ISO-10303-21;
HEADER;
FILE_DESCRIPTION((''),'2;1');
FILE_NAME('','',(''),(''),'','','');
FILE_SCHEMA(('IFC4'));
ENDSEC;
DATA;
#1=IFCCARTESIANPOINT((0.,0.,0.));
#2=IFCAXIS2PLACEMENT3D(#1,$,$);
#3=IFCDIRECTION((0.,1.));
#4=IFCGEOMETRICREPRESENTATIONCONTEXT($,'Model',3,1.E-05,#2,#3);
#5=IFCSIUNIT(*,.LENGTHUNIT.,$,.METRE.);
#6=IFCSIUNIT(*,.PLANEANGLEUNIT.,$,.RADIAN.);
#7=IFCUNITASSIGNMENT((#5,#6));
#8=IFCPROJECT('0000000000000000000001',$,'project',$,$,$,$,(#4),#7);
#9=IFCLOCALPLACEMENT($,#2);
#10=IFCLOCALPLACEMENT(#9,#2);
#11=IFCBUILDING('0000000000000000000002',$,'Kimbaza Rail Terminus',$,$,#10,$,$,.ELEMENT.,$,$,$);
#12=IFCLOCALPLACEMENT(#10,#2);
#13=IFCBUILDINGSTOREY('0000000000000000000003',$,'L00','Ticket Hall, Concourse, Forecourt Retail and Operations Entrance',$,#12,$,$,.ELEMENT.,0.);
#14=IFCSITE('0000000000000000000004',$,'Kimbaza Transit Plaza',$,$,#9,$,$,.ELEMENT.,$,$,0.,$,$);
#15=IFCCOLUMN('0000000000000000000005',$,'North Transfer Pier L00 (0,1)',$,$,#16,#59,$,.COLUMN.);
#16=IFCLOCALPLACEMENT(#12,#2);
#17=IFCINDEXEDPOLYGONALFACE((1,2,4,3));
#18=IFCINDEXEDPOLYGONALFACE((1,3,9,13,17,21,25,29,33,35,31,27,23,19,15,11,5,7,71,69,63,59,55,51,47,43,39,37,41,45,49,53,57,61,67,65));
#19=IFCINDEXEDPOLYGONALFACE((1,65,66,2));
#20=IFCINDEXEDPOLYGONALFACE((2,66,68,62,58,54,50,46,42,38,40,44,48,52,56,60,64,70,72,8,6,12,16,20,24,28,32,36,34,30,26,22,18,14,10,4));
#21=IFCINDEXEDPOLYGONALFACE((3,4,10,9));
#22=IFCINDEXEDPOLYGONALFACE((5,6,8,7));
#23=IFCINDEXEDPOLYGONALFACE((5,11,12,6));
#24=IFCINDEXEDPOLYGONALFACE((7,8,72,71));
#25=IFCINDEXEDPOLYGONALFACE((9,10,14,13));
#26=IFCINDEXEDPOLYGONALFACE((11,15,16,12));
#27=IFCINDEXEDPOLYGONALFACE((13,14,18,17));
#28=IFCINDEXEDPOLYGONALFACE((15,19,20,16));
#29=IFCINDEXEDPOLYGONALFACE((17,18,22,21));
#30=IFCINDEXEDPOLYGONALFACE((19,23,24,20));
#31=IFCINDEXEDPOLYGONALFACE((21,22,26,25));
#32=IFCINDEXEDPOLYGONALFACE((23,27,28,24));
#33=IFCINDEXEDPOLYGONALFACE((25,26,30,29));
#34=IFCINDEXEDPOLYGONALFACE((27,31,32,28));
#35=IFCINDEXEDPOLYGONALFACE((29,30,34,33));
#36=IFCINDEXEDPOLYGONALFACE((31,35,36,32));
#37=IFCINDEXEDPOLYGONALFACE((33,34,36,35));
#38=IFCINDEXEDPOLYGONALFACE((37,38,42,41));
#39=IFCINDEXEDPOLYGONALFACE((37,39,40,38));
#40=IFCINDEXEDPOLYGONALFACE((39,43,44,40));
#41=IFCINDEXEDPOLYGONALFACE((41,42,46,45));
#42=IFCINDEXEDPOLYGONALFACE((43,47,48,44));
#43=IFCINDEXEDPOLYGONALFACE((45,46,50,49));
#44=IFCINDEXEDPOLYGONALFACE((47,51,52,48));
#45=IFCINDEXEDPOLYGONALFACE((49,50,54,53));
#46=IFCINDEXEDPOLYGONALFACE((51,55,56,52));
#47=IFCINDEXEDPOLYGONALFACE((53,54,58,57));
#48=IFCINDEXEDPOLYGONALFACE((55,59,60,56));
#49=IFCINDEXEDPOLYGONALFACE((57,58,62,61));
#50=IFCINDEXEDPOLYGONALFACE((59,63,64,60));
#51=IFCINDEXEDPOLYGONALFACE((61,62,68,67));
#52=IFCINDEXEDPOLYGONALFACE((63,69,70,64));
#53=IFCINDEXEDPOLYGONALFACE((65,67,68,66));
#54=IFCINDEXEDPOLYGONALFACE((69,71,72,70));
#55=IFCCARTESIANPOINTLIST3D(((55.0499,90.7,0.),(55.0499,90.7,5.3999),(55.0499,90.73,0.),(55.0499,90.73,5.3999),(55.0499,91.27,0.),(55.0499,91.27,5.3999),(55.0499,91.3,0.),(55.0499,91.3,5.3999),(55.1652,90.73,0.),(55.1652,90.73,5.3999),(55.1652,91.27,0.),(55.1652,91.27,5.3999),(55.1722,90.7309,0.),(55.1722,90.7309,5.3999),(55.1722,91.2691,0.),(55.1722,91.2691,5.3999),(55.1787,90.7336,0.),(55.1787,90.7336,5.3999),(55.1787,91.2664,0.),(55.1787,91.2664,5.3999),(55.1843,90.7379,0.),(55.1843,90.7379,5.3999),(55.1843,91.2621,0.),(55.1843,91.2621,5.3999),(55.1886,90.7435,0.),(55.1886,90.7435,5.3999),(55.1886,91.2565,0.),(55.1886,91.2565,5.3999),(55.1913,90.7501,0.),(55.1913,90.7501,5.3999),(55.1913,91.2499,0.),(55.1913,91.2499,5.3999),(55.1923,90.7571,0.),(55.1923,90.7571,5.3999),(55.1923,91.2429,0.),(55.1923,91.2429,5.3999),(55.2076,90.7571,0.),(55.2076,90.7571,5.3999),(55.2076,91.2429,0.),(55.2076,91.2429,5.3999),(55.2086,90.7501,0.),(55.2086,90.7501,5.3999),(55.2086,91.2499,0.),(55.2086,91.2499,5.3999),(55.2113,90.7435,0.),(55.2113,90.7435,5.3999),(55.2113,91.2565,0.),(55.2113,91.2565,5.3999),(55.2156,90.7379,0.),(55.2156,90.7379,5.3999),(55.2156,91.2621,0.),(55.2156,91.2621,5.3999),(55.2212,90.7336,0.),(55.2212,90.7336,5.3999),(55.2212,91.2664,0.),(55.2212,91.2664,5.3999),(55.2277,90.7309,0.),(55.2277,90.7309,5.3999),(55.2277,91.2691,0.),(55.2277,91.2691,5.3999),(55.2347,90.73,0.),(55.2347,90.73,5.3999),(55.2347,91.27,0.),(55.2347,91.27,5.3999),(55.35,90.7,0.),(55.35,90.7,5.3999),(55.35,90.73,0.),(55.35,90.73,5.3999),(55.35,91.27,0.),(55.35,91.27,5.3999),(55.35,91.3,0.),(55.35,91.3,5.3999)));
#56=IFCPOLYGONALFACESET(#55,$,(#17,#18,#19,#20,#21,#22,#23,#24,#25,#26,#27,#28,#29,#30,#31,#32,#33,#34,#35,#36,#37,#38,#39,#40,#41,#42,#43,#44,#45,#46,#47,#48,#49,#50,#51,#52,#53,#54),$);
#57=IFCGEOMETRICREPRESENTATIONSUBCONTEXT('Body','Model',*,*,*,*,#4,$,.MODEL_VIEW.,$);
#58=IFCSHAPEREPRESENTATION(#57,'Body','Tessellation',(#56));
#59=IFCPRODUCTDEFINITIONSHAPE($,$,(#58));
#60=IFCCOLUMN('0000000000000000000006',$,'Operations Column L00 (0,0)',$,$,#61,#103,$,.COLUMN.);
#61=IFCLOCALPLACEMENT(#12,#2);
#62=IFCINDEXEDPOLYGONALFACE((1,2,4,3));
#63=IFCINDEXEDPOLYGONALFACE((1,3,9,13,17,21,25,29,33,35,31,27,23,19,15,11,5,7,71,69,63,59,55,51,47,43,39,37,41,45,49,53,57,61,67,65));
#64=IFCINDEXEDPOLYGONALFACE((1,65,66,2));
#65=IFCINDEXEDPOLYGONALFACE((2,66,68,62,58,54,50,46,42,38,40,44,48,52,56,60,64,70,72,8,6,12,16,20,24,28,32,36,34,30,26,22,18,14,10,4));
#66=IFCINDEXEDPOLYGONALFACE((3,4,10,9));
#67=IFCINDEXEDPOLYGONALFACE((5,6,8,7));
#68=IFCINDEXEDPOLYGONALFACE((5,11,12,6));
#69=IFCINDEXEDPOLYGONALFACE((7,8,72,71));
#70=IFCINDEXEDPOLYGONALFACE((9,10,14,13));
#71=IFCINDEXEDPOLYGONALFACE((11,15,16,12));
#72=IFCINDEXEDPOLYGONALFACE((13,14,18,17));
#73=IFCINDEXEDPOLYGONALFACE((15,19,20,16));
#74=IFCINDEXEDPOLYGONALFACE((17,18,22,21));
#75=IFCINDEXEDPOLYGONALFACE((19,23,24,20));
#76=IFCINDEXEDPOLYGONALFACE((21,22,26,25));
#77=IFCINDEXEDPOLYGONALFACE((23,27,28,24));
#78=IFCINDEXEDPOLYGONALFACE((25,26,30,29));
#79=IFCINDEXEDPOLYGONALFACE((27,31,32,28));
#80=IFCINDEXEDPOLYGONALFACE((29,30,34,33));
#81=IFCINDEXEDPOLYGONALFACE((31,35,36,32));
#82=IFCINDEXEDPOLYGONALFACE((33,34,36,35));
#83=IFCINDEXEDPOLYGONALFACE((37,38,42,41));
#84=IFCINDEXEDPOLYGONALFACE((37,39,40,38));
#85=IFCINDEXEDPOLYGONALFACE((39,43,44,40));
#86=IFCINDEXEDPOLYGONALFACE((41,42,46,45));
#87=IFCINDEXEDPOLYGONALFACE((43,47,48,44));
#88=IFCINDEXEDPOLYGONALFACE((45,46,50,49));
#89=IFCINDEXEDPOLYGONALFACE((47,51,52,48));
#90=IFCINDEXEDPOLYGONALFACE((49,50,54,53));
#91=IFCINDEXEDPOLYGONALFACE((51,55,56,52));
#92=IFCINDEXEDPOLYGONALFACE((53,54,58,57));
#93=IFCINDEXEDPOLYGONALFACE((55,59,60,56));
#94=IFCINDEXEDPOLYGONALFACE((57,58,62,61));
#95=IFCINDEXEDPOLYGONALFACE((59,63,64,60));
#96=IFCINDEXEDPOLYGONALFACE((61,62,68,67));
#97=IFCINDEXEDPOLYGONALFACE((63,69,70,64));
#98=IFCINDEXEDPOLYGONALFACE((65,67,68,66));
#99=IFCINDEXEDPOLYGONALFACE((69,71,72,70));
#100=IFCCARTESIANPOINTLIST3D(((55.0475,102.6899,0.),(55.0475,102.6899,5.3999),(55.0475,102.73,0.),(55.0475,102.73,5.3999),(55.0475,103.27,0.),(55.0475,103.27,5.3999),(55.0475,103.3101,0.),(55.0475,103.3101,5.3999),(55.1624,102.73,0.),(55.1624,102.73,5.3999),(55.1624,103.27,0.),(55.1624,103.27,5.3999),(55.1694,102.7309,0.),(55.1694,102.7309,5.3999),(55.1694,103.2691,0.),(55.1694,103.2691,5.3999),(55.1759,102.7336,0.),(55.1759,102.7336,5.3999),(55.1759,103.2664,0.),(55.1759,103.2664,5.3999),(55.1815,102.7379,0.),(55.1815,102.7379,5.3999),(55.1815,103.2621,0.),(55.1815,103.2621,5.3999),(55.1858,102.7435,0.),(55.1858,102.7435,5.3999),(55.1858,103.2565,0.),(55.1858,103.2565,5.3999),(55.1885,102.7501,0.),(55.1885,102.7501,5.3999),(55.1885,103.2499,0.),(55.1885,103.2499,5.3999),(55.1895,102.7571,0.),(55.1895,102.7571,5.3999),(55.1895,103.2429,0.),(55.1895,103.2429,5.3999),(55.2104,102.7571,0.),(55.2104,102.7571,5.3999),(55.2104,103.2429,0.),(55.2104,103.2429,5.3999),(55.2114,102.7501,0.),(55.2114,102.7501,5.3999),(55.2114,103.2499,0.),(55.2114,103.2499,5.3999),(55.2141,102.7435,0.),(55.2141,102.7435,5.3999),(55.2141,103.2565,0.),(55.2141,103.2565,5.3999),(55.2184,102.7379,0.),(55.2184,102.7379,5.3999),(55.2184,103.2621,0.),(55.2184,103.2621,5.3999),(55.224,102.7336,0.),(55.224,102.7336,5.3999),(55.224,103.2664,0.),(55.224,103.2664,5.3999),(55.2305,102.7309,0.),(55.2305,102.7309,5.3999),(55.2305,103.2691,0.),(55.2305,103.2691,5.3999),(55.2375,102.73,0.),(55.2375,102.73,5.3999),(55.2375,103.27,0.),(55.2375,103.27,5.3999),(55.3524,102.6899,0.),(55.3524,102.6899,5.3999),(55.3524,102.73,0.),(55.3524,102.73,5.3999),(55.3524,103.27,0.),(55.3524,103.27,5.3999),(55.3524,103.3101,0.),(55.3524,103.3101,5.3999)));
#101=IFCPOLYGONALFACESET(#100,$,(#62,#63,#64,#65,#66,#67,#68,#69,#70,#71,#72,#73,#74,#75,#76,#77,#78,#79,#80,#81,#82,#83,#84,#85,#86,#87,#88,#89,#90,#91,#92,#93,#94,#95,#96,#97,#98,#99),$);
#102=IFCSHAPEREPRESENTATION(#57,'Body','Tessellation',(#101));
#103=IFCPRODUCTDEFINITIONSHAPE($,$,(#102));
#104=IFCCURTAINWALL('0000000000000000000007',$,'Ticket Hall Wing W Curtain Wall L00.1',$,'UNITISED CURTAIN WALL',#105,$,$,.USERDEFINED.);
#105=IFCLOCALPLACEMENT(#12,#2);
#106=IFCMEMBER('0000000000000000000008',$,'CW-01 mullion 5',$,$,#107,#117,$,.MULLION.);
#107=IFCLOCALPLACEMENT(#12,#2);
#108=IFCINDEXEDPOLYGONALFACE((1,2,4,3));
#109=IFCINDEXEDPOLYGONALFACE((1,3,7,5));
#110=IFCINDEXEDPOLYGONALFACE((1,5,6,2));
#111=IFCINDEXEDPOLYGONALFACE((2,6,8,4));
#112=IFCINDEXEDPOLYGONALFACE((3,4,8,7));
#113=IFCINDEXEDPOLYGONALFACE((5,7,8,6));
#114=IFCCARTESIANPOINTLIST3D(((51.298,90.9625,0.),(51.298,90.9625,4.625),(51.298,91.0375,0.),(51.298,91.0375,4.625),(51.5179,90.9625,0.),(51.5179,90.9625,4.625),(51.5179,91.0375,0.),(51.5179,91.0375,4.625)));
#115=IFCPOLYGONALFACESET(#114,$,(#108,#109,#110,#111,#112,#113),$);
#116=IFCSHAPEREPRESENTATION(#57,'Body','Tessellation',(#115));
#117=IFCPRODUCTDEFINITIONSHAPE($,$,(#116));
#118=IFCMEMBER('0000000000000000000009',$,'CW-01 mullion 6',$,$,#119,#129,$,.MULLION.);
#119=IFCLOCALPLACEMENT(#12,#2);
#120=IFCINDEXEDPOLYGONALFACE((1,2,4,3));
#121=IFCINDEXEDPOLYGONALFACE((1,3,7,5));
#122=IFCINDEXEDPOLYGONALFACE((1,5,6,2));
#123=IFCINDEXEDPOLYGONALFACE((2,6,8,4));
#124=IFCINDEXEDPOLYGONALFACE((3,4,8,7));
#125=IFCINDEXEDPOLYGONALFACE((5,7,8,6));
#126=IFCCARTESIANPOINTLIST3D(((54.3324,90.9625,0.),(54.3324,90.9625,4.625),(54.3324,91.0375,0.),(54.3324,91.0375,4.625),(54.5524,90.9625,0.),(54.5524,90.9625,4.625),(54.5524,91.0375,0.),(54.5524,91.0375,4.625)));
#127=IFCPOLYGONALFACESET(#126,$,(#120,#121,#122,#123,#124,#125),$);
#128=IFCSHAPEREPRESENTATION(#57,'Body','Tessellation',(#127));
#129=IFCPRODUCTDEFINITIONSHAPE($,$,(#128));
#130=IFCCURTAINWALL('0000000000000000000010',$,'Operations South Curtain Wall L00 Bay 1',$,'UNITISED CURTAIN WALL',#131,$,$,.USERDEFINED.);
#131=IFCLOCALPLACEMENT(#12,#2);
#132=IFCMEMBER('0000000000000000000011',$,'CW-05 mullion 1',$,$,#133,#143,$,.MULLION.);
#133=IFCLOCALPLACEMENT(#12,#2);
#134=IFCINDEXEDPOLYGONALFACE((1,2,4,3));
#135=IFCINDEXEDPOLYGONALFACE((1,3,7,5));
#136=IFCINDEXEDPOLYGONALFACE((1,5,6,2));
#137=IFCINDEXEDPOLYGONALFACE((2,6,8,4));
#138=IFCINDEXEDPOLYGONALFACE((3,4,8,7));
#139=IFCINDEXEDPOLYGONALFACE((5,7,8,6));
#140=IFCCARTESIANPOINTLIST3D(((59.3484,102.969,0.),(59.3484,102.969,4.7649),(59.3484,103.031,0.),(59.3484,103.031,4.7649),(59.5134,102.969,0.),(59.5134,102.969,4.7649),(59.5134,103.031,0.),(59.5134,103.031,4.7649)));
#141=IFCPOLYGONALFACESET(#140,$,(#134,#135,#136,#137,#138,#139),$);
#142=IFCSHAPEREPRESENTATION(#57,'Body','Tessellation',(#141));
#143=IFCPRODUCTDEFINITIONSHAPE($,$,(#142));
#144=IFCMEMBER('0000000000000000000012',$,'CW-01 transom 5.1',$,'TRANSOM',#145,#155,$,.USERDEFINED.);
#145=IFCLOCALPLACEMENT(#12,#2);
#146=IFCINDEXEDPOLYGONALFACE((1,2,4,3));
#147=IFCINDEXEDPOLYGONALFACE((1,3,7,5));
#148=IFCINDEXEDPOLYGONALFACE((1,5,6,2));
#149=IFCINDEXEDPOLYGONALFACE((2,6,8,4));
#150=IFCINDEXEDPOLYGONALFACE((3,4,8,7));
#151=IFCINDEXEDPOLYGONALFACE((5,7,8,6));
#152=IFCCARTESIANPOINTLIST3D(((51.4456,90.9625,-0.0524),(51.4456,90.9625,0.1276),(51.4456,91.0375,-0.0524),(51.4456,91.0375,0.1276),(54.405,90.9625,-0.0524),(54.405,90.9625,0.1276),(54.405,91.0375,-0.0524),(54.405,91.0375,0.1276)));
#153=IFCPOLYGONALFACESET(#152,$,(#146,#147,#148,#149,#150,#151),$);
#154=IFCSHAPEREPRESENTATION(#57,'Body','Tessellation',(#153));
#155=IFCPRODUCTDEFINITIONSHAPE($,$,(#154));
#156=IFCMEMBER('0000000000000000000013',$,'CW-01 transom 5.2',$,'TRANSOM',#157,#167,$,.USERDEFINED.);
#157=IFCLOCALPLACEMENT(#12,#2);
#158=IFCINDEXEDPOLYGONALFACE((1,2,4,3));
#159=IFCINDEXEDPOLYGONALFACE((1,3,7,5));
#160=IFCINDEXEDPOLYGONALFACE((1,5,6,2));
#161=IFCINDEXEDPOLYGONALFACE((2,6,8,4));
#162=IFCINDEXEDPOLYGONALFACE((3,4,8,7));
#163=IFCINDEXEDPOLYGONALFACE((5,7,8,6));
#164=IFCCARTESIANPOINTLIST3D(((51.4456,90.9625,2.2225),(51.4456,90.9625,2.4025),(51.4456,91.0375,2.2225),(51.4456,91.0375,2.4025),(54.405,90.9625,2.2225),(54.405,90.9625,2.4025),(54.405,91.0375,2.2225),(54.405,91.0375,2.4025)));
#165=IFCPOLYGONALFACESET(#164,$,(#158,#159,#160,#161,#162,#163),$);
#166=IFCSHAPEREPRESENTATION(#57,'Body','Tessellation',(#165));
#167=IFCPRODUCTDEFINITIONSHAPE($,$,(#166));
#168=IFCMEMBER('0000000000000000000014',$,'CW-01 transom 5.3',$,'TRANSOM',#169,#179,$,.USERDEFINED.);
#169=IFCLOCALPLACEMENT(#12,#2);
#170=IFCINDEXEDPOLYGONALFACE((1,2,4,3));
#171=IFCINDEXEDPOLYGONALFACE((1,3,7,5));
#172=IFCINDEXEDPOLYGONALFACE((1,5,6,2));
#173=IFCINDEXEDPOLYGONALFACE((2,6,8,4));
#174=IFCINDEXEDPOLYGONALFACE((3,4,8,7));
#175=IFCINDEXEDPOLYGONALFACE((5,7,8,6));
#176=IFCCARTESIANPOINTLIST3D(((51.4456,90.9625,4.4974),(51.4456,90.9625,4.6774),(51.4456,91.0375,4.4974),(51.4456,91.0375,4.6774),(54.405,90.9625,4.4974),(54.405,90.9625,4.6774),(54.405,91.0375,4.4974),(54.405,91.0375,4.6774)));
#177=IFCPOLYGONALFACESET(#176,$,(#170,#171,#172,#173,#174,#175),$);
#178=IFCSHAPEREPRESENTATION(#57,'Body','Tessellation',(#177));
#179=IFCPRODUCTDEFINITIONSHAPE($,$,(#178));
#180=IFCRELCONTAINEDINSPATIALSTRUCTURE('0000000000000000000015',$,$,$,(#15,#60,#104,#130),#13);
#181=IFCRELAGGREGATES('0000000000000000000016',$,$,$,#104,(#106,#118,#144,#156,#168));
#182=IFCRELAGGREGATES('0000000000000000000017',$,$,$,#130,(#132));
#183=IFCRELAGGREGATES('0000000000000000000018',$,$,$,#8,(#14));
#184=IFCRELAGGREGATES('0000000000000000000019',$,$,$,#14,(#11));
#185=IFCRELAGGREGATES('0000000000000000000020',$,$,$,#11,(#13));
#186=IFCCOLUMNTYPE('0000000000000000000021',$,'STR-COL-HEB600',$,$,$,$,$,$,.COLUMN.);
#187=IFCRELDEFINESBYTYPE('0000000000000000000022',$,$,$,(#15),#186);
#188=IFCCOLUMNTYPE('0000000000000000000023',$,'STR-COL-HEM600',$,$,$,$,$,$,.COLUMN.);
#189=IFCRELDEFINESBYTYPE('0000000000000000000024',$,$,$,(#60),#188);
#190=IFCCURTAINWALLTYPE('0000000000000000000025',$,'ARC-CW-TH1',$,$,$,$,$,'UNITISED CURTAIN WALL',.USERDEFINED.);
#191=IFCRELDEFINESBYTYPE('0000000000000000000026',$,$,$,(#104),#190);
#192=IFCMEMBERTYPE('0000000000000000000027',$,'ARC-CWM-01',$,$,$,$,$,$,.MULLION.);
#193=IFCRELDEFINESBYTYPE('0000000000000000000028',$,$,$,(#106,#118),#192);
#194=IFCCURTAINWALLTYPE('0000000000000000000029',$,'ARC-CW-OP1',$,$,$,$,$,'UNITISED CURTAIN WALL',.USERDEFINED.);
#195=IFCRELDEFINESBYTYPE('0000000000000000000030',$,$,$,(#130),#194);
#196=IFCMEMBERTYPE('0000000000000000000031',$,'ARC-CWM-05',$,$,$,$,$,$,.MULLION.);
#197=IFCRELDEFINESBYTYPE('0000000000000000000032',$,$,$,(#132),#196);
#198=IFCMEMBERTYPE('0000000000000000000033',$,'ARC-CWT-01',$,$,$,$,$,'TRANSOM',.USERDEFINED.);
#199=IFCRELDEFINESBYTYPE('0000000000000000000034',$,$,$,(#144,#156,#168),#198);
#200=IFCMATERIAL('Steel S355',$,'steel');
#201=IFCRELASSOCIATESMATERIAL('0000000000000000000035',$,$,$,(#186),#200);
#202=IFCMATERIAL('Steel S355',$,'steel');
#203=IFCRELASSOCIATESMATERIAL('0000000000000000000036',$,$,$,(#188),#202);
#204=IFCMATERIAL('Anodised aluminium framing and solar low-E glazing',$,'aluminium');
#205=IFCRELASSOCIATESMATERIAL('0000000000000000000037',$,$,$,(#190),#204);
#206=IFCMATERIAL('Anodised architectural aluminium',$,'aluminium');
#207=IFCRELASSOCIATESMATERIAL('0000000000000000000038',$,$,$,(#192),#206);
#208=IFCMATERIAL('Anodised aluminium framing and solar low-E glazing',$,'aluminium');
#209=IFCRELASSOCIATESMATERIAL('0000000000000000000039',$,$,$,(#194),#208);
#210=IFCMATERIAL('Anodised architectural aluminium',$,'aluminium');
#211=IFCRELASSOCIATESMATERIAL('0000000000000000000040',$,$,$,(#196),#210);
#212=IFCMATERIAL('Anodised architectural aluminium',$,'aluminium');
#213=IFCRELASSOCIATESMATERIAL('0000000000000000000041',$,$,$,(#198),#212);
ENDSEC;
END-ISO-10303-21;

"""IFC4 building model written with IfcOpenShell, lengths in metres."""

from ifc_helpers import new_model, si_unit, direction, frame, origin, origin_2d, place, context, subcontext, project, spatial, rectangle, i_section, extrude, material, material_profile, profile_set, type_object, element, aggregate, save


model = new_model("IFC4")

# Units and contexts
model_context = context("Model", 3, precision=1e-05, world=origin(), true_north=direction((0.0, 1.0)))
body_context = subcontext(model_context, "Body", "Model", "MODEL_VIEW")
ifc_project = project(units=[si_unit("LENGTHUNIT", "METRE"), si_unit("PLANEANGLEUNIT", "RADIAN")], contexts=[model_context])

# Site, building, storey
site_placement = place(None, origin())
site = spatial("IfcSite", under=ifc_project, at=site_placement, Name="Kimbaza Transit Plaza", CompositionType="ELEMENT", RefElevation=0.0)
building_placement = place(site_placement, origin())
building = spatial("IfcBuilding", under=site, at=building_placement, Name="Kimbaza Rail Terminus", CompositionType="ELEMENT")
storey_placement = place(building_placement, origin())
storey = spatial("IfcBuildingStorey", under=building, at=storey_placement, Name="L00", Description="Ticket Hall, Concourse, Forecourt Retail and Operations Entrance", CompositionType="ELEMENT", Elevation=0.0)

# Columns
ifc_material_1 = material(Name="Steel S355", Category="steel")
ifc_material_profile_1 = material_profile(ifc_material_1, i_section(OverallWidth=0.3, OverallDepth=0.6001, WebThickness=0.0154, FlangeThickness=0.03, FilletRadius=0.0271, at=origin_2d()), Name="HEB 600")
ifc_profile_set_1 = profile_set([ifc_material_profile_1], Name="Steel S355")
column_type_1 = type_object("IfcColumnType", Name="STR-COL-HEB600", PredefinedType="COLUMN", material=ifc_profile_set_1)
column_1_placement = place(storey_placement, frame((55.2, 91.0, 0.0), z_axis=(0.0, 0.0, 1.0), x_axis=(1.0, 0.0, 0.0)))
element("IfcColumn", 1, at=column_1_placement, inside=storey, type_object=column_type_1, Name="North Transfer Pier L00 (0,1)", PredefinedType="COLUMN", context=body_context, shape_type="SweptSolid", body=[
    extrude(i_section(OverallWidth=0.3, OverallDepth=0.6001, WebThickness=0.0154, FlangeThickness=0.03, FilletRadius=0.0271, at=origin_2d()), origin(), (0.0, 0.0, 1.0), 5.3999),
])
ifc_material_2 = material(Name="Steel S355", Category="steel")
ifc_material_profile_2 = material_profile(ifc_material_2, i_section(OverallWidth=0.3049, OverallDepth=0.6201, WebThickness=0.021, FlangeThickness=0.04, FilletRadius=0.0271, at=origin_2d()), Name="HEM 600")
ifc_profile_set_2 = profile_set([ifc_material_profile_2], Name="Steel S355")
column_type_2 = type_object("IfcColumnType", Name="STR-COL-HEM600", PredefinedType="COLUMN", material=ifc_profile_set_2)
column_2_placement = place(storey_placement, frame((55.2, 103.0, 0.0), z_axis=(0.0, 0.0, 1.0), x_axis=(1.0, 0.0, 0.0)))
element("IfcColumn", 2, at=column_2_placement, inside=storey, type_object=column_type_2, Name="Operations Column L00 (0,0)", PredefinedType="COLUMN", context=body_context, shape_type="SweptSolid", body=[
    extrude(i_section(OverallWidth=0.3049, OverallDepth=0.6201, WebThickness=0.021, FlangeThickness=0.04, FilletRadius=0.0271, at=origin_2d()), origin(), (0.0, 0.0, 1.0), 5.3999),
])

# Curtain wall, members
ifc_material_3 = material(Name="Anodised aluminium framing and solar low-E glazing", Category="aluminium")
curtain_wall_type_1 = type_object("IfcCurtainWallType", Name="ARC-CW-TH1", ElementType="UNITISED CURTAIN WALL", PredefinedType="USERDEFINED", material=ifc_material_3)
curtain_wall_1_placement = place(storey_placement, origin())
curtain_wall_1 = element("IfcCurtainWall", 3, at=curtain_wall_1_placement, inside=storey, type_object=curtain_wall_type_1, Name="Ticket Hall Wing W Curtain Wall L00.1", ObjectType="UNITISED CURTAIN WALL", PredefinedType="USERDEFINED")
ifc_material_4 = material(Name="Anodised architectural aluminium", Category="aluminium")
ifc_material_profile_3 = material_profile(ifc_material_4, rectangle(XDim=0.075, YDim=0.22, at=origin_2d()), Name="MULLION 75x220")
ifc_profile_set_3 = profile_set([ifc_material_profile_3], Name="Anodised architectural aluminium")
member_type_1 = type_object("IfcMemberType", Name="ARC-CWM-01", PredefinedType="MULLION", material=ifc_profile_set_3)
member_1_placement = place(storey_placement, frame((51.408, 91.0, 0.0), z_axis=(0.0, 0.0, 1.0), x_axis=(0.0, 1.0, 0.0)))
member_1 = element("IfcMember", 4, at=member_1_placement, type_object=member_type_1, Name="CW-01 mullion 5", PredefinedType="MULLION", context=body_context, shape_type="SweptSolid", body=[
    extrude(rectangle(XDim=0.075, YDim=0.22, at=origin_2d()), origin(), (0.0, 0.0, 1.0), 4.625),
])
member_2_placement = place(storey_placement, frame((54.4424, 91.0, 0.0), z_axis=(0.0, 0.0, 1.0), x_axis=(0.0, 1.0, 0.0)))
member_2 = element("IfcMember", 5, at=member_2_placement, type_object=member_type_1, Name="CW-01 mullion 6", PredefinedType="MULLION", context=body_context, shape_type="SweptSolid", body=[
    extrude(rectangle(XDim=0.075, YDim=0.22, at=origin_2d()), origin(), (0.0, 0.0, 1.0), 4.625),
])

# Curtain wall, member
ifc_material_5 = material(Name="Anodised aluminium framing and solar low-E glazing", Category="aluminium")
curtain_wall_type_2 = type_object("IfcCurtainWallType", Name="ARC-CW-OP1", ElementType="UNITISED CURTAIN WALL", PredefinedType="USERDEFINED", material=ifc_material_5)
curtain_wall_2_placement = place(storey_placement, origin())
curtain_wall_2 = element("IfcCurtainWall", 6, at=curtain_wall_2_placement, inside=storey, type_object=curtain_wall_type_2, Name="Operations South Curtain Wall L00 Bay 1", ObjectType="UNITISED CURTAIN WALL", PredefinedType="USERDEFINED")
ifc_material_6 = material(Name="Anodised architectural aluminium", Category="aluminium")
ifc_material_profile_4 = material_profile(ifc_material_6, rectangle(XDim=0.062, YDim=0.165, at=origin_2d()), Name="MULLION 62x165")
ifc_profile_set_4 = profile_set([ifc_material_profile_4], Name="Anodised architectural aluminium")
member_type_2 = type_object("IfcMemberType", Name="ARC-CWM-05", PredefinedType="MULLION", material=ifc_profile_set_4)
member_3_placement = place(storey_placement, frame((59.4309, 103.0, 0.0), z_axis=(0.0, 0.0, 1.0), x_axis=(0.0, 1.0, 0.0)))
member_3 = element("IfcMember", 7, at=member_3_placement, type_object=member_type_2, Name="CW-05 mullion 1", PredefinedType="MULLION", context=body_context, shape_type="SweptSolid", body=[
    extrude(rectangle(XDim=0.062, YDim=0.165, at=origin_2d()), origin(), (0.0, 0.0, 1.0), 4.7649),
])

# Members
ifc_material_7 = material(Name="Anodised architectural aluminium", Category="aluminium")
ifc_material_profile_5 = material_profile(ifc_material_7, rectangle(XDim=0.075, YDim=0.1799, at=origin_2d()), Name="TRANSOM 75x180")
ifc_profile_set_5 = profile_set([ifc_material_profile_5], Name="Anodised architectural aluminium")
member_type_3 = type_object("IfcMemberType", Name="ARC-CWT-01", ElementType="TRANSOM", PredefinedType="USERDEFINED", material=ifc_profile_set_5)
member_4_placement = place(storey_placement, frame((51.4456, 91.0, 0.0376), z_axis=(1.0, 0.0, 0.0), x_axis=(0.0, 1.0, 0.0)))
member_4 = element("IfcMember", 8, at=member_4_placement, type_object=member_type_3, Name="CW-01 transom 5.1", ObjectType="TRANSOM", PredefinedType="USERDEFINED", context=body_context, shape_type="SweptSolid", body=[
    extrude(rectangle(XDim=0.075, YDim=0.1799, at=origin_2d()), origin(), (0.0, 0.0, 1.0), 2.9595),
])
member_5_placement = place(storey_placement, frame((51.4456, 91.0, 2.3125), z_axis=(1.0, 0.0, 0.0), x_axis=(0.0, 1.0, 0.0)))
member_5 = element("IfcMember", 9, at=member_5_placement, type_object=member_type_3, Name="CW-01 transom 5.2", ObjectType="TRANSOM", PredefinedType="USERDEFINED", context=body_context, shape_type="SweptSolid", body=[
    extrude(rectangle(XDim=0.075, YDim=0.1799, at=origin_2d()), origin(), (0.0, 0.0, 1.0), 2.9595),
])
member_6_placement = place(storey_placement, frame((51.4456, 91.0, 4.5874), z_axis=(1.0, 0.0, 0.0), x_axis=(0.0, 1.0, 0.0)))
member_6 = element("IfcMember", 10, at=member_6_placement, type_object=member_type_3, Name="CW-01 transom 5.3", ObjectType="TRANSOM", PredefinedType="USERDEFINED", context=body_context, shape_type="SweptSolid", body=[
    extrude(rectangle(XDim=0.075, YDim=0.1799, at=origin_2d()), origin(), (0.0, 0.0, 1.0), 2.9595),
])

aggregate(curtain_wall_1, [member_1, member_2, member_4, member_5, member_6])
aggregate(curtain_wall_2, [member_3])

save(model, "model.ifc")
